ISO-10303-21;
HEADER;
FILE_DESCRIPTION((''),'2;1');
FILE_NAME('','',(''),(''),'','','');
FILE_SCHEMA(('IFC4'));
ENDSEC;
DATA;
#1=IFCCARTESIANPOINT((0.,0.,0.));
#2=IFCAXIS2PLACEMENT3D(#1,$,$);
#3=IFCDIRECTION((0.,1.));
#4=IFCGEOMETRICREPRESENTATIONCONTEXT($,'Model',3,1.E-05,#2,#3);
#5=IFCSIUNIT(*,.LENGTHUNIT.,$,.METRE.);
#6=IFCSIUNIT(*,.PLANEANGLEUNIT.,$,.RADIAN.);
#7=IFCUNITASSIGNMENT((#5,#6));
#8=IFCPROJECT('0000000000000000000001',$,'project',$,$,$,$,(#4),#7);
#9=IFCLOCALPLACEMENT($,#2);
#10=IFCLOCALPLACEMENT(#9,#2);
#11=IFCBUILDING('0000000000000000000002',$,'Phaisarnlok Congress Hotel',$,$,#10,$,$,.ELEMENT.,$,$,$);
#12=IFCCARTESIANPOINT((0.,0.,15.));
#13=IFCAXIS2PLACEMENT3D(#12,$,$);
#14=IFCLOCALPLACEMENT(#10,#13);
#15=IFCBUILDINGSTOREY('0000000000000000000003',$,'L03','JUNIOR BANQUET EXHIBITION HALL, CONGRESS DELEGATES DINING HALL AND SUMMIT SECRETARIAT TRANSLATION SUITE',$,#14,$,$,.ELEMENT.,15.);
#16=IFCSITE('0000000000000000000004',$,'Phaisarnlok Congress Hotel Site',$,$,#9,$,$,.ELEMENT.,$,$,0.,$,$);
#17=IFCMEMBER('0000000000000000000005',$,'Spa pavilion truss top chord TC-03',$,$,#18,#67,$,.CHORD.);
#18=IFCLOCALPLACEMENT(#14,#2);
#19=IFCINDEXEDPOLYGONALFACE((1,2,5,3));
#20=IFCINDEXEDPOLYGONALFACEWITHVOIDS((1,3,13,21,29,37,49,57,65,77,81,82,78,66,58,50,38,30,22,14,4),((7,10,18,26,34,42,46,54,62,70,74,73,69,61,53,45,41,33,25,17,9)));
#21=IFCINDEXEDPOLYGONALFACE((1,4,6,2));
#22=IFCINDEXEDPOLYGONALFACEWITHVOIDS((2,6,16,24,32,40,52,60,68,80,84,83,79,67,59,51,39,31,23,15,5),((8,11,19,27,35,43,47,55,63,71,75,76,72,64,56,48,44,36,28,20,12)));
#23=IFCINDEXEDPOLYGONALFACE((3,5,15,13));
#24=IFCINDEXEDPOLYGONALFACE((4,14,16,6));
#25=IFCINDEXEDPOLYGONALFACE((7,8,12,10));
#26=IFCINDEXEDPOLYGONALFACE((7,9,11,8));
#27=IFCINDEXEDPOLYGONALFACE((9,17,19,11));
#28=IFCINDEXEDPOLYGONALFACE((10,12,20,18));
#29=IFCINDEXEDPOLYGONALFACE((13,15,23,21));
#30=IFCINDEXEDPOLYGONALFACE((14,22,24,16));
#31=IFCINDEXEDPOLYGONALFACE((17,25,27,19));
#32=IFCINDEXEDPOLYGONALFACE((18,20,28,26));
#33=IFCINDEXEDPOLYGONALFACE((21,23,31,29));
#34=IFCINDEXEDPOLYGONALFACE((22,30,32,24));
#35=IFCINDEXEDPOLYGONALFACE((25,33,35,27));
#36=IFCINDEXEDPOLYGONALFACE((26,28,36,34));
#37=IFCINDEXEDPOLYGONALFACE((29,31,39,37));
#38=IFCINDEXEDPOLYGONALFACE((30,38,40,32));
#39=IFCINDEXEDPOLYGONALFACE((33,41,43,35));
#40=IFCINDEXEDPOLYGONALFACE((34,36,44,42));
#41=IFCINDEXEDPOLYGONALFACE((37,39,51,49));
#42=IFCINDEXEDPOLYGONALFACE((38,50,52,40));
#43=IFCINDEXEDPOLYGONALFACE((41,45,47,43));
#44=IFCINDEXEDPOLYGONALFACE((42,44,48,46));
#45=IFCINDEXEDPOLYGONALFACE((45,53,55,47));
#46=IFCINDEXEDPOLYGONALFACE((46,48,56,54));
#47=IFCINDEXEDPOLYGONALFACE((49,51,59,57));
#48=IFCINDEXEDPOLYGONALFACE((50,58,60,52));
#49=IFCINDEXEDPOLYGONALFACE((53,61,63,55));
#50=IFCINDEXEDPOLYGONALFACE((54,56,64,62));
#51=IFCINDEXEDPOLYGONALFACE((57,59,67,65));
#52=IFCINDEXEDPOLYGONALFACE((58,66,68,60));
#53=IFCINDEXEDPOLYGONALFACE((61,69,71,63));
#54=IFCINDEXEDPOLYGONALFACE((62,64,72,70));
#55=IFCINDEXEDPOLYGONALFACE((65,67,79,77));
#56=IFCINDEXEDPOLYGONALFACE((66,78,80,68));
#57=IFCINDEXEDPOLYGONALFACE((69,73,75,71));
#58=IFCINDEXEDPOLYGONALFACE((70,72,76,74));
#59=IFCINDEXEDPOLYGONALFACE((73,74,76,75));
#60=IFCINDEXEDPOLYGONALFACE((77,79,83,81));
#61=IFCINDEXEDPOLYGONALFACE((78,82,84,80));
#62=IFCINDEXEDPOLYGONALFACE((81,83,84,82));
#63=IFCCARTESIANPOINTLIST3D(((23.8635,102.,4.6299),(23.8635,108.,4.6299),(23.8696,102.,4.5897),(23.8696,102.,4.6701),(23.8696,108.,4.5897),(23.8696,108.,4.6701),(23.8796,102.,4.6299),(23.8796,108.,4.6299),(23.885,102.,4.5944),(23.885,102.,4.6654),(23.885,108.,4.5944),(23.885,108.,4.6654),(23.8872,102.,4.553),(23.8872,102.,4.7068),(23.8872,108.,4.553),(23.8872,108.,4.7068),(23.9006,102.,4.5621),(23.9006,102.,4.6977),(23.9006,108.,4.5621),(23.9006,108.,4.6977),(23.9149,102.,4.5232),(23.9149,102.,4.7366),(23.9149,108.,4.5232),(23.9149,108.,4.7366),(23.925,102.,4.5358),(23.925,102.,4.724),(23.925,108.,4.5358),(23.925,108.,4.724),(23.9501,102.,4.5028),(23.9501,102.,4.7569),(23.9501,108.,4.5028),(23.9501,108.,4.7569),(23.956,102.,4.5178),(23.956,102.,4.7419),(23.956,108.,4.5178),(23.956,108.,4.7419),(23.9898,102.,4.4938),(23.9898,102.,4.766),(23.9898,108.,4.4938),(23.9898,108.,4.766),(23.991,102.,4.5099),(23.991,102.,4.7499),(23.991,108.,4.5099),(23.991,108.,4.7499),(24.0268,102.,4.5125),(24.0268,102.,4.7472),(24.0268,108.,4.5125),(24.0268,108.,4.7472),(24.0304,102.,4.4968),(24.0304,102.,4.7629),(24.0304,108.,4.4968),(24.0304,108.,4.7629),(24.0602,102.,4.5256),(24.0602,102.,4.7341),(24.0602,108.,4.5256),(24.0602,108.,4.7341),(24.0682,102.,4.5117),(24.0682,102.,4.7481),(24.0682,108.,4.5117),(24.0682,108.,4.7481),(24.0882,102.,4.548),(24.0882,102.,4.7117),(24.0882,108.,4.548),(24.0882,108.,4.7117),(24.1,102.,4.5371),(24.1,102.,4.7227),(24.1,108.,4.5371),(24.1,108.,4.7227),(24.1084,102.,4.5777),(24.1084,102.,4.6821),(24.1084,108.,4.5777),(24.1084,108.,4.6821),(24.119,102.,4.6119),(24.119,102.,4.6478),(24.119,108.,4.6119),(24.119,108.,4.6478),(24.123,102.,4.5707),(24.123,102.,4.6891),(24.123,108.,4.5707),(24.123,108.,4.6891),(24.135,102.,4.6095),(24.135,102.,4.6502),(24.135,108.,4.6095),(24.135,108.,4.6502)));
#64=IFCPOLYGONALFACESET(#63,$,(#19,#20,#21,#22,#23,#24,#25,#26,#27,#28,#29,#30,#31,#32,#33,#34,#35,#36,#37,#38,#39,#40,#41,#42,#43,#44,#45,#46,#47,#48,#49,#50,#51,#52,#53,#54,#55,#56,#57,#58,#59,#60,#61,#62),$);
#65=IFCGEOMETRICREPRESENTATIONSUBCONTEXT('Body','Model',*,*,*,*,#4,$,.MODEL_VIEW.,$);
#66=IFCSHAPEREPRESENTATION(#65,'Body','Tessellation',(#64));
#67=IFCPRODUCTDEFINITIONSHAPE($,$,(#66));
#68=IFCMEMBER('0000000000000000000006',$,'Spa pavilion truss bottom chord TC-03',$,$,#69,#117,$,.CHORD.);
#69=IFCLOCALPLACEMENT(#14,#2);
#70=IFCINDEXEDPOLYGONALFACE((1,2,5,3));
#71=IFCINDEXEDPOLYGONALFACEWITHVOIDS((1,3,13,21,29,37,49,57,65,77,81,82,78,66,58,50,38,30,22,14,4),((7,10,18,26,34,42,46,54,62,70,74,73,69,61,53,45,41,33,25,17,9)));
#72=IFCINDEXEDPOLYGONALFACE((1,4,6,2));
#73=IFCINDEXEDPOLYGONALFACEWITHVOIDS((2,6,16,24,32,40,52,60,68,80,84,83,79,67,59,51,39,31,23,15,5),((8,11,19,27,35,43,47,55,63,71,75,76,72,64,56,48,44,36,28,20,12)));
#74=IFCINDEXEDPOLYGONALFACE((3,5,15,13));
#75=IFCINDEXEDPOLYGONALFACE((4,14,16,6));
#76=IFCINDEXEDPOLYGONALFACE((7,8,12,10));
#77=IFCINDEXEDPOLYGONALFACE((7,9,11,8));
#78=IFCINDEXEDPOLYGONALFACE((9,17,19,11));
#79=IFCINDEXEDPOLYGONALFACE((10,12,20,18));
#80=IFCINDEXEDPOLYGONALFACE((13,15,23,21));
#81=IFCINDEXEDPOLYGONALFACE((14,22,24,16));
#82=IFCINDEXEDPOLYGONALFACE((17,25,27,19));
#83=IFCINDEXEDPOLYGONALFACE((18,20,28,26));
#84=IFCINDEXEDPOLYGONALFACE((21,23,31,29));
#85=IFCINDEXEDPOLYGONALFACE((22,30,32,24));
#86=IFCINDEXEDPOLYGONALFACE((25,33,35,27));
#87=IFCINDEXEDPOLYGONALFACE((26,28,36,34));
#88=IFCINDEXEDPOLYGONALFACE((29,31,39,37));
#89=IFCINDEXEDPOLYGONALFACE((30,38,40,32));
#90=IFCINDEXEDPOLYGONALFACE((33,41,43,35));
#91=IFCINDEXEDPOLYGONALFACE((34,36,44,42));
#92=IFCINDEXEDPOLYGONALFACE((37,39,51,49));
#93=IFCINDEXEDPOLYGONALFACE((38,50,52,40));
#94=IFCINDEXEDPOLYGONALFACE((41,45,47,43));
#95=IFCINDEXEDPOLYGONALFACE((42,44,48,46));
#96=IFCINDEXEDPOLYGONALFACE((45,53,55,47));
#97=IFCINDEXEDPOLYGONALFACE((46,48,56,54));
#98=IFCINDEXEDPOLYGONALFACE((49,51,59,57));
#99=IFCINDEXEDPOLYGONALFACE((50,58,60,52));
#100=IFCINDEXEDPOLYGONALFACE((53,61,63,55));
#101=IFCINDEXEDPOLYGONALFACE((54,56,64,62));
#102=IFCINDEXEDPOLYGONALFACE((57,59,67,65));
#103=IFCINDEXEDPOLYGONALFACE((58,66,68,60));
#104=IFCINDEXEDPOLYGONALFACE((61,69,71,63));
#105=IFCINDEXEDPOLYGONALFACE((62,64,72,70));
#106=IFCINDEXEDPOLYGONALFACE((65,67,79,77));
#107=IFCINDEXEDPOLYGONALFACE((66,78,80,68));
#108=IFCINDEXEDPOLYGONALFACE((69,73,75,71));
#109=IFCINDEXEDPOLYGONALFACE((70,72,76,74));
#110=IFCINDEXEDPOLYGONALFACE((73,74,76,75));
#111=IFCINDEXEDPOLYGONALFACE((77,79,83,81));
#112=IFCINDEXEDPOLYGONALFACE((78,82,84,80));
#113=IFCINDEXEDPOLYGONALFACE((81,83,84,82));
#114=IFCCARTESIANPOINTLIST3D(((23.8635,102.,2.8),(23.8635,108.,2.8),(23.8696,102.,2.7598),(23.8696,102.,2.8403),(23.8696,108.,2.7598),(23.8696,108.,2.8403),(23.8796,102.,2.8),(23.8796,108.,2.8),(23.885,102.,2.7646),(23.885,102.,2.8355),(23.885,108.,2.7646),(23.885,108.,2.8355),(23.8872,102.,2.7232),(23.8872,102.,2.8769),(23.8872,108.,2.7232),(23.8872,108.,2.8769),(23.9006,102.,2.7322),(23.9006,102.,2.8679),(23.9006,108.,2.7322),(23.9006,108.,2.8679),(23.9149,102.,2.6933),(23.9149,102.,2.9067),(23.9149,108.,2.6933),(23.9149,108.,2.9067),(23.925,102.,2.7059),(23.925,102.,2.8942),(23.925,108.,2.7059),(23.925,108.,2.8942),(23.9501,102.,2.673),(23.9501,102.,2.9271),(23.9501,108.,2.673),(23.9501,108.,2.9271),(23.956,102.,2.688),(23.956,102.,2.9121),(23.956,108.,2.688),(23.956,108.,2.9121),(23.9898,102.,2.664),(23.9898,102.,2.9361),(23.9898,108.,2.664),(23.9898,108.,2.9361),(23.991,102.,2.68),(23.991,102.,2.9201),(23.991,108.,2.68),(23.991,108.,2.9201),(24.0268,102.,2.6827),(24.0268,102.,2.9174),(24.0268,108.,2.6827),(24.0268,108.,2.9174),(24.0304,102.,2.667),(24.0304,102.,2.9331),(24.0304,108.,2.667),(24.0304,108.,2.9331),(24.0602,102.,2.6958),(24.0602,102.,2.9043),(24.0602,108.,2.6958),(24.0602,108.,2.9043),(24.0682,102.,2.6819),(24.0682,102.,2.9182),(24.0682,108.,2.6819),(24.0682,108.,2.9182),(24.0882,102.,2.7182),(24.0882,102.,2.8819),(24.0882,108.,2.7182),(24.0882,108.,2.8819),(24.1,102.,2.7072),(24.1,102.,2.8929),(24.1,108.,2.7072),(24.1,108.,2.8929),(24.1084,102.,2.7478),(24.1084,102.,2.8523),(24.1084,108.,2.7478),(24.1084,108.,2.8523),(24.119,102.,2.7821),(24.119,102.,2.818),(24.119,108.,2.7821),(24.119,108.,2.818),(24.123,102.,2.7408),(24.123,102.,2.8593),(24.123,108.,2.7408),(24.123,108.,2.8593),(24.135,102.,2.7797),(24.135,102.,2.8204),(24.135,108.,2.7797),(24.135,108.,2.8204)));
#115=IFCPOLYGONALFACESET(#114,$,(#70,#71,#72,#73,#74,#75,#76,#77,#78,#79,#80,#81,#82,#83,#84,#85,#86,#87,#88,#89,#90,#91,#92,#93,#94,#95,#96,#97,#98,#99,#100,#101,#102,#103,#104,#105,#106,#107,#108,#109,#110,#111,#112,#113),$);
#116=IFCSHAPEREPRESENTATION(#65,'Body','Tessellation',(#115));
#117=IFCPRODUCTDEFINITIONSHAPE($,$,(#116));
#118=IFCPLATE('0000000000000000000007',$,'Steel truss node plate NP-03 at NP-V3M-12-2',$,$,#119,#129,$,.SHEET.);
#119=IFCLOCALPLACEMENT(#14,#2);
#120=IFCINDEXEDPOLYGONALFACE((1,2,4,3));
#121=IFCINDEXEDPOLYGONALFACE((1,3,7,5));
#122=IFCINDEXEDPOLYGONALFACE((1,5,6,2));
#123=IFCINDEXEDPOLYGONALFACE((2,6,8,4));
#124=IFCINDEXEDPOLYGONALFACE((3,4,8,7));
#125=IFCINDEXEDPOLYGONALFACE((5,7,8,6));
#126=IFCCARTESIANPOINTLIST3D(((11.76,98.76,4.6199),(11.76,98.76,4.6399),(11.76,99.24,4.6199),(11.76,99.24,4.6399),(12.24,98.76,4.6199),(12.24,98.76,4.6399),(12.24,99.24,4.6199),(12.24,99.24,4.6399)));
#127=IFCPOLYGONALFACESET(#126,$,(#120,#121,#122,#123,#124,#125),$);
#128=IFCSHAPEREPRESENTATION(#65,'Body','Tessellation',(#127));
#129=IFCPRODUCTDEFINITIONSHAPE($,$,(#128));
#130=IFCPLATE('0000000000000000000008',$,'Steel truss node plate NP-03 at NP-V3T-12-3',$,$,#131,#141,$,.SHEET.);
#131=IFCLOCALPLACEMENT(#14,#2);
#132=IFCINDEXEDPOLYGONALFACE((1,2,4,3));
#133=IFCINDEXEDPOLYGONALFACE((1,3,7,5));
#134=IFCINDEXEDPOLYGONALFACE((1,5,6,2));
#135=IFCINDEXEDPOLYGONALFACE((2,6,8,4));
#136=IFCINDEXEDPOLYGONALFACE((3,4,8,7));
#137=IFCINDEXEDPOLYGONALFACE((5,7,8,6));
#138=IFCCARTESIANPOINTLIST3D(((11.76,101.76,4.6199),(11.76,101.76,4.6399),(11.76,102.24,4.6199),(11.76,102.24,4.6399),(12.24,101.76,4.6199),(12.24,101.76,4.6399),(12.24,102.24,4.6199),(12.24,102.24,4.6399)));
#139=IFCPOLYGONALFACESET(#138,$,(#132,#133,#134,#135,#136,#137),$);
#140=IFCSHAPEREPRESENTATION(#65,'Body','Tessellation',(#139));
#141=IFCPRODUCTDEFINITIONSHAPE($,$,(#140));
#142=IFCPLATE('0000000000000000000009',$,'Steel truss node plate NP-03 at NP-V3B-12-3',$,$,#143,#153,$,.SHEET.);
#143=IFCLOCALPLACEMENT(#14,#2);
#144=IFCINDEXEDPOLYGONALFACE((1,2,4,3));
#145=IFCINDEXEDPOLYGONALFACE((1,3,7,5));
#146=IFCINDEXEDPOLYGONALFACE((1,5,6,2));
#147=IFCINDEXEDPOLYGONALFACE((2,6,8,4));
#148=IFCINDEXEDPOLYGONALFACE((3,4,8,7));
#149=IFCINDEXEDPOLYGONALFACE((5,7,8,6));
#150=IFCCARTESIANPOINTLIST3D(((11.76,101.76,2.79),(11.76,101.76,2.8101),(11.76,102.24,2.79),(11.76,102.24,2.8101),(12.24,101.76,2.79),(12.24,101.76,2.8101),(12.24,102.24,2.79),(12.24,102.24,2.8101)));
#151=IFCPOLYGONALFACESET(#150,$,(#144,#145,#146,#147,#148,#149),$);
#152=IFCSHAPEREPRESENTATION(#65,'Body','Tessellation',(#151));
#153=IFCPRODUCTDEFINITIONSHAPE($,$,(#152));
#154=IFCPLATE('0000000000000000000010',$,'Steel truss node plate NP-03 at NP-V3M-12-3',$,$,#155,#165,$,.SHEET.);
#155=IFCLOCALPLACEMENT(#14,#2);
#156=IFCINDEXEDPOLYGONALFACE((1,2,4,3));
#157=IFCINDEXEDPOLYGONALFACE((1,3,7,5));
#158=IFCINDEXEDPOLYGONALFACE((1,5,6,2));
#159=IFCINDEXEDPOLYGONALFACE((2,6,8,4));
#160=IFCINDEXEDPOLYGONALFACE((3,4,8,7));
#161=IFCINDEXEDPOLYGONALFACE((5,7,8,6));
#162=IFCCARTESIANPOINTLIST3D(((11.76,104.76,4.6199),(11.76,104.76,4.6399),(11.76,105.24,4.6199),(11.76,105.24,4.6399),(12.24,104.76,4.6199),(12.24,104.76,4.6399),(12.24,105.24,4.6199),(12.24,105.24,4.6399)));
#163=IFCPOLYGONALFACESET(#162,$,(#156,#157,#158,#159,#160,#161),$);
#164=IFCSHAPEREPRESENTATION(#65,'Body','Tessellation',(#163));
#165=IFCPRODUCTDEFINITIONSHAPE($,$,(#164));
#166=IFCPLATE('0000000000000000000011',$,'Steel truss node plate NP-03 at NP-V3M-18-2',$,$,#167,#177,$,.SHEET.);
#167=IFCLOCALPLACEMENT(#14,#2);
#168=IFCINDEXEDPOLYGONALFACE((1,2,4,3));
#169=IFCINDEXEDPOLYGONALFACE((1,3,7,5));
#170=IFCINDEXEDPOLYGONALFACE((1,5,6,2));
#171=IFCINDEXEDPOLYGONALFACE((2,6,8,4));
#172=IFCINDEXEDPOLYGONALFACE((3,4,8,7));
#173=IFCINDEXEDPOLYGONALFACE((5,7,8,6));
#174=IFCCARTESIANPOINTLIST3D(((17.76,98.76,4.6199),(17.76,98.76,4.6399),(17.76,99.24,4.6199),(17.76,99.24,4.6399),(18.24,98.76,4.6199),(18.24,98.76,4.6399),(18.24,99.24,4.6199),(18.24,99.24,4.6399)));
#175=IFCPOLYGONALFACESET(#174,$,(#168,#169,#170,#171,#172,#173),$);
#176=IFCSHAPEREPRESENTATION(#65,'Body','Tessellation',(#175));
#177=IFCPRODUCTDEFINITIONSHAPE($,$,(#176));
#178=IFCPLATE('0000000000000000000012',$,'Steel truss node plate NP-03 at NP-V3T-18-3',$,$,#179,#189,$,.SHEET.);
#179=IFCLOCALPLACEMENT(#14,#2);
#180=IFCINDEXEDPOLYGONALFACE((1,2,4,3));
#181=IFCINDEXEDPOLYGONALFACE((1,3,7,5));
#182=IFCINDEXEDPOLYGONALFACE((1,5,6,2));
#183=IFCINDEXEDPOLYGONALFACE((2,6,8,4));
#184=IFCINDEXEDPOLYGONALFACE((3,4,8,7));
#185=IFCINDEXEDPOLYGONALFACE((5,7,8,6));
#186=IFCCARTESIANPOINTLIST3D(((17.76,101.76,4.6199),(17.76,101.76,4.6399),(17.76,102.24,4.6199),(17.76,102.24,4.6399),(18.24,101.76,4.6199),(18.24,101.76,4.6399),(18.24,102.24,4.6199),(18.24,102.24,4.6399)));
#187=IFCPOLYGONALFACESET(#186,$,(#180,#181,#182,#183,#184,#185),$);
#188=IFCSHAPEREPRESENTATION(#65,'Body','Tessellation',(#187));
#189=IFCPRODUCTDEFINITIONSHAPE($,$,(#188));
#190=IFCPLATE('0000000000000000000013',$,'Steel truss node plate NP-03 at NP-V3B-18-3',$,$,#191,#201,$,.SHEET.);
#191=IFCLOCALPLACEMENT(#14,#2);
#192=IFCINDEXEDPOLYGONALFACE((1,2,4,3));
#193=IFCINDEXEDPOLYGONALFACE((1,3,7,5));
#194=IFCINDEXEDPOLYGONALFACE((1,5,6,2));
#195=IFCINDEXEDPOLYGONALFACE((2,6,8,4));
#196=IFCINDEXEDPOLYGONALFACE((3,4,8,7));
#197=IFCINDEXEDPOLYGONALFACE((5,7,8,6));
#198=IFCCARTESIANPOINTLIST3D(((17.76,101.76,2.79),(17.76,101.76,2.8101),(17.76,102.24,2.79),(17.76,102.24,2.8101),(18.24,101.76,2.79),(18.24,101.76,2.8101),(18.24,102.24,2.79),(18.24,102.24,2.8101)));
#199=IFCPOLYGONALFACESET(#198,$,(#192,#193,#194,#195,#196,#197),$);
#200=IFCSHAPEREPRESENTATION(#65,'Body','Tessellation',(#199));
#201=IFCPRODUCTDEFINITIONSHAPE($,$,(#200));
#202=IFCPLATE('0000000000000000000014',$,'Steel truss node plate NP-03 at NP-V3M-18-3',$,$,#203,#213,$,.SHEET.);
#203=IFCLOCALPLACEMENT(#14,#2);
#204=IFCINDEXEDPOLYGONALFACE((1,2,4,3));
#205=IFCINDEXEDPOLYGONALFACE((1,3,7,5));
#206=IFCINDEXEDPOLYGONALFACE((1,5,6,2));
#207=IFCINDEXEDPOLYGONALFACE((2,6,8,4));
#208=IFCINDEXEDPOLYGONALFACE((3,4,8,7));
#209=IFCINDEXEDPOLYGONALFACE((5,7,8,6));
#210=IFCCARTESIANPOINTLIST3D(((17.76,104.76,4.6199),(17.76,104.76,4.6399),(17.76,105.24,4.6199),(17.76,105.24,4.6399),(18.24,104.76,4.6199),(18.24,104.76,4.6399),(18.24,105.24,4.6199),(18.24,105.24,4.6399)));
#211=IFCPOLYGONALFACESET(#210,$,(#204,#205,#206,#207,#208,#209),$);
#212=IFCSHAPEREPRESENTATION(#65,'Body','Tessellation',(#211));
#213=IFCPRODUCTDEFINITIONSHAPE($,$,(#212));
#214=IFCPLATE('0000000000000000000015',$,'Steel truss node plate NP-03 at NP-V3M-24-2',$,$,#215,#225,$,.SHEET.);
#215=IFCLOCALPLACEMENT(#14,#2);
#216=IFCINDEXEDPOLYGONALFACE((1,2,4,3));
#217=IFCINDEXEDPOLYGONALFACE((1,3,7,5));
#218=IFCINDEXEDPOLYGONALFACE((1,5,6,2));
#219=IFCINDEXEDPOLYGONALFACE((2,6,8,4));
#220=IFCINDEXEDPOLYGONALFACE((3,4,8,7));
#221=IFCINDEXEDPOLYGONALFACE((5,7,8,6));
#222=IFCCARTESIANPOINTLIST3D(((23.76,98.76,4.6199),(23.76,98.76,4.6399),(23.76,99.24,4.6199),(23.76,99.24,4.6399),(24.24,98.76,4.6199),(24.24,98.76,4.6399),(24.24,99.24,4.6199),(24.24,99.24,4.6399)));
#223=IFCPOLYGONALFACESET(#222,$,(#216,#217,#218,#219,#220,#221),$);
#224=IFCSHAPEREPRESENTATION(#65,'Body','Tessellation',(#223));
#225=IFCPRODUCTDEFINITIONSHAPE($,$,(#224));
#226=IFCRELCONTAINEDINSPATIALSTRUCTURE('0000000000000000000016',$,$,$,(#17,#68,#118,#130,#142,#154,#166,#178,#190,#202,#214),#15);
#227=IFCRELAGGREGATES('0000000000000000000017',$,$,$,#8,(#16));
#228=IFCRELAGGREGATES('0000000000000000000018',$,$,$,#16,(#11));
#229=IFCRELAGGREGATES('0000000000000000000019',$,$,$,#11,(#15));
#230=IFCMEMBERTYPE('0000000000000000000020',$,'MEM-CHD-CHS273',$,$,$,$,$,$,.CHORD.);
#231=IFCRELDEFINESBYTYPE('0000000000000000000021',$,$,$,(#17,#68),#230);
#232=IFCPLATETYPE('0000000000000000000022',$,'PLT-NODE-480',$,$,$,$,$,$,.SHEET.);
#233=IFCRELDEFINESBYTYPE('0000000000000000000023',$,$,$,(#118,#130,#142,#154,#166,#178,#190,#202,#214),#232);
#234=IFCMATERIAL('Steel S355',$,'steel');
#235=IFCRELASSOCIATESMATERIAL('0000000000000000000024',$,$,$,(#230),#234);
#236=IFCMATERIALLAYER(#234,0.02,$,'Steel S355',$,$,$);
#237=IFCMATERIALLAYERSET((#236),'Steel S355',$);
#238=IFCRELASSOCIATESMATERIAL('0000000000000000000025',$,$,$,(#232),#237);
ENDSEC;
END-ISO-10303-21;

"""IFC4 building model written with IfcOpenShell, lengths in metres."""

from ifc_helpers import new_model, si_unit, direction, frame, origin, origin_2d, place, context, subcontext, project, spatial, rectangle, hollow_circle, extrude, material, layer, layer_set, material_profile, profile_set, type_object, element, save


model = new_model("IFC4")

# Units and contexts
model_context = context("Model", 3, precision=1e-05, world=origin(), true_north=direction((0.0, 1.0)))
body_context = subcontext(model_context, "Body", "Model", "MODEL_VIEW")
ifc_project = project(units=[si_unit("LENGTHUNIT", "METRE"), si_unit("PLANEANGLEUNIT", "RADIAN")], contexts=[model_context])

# Site, building, storey
site_placement = place(None, origin())
site = spatial("IfcSite", under=ifc_project, at=site_placement, Name="Phaisarnlok Congress Hotel Site", CompositionType="ELEMENT", RefElevation=0.0)
building_placement = place(site_placement, origin())
building = spatial("IfcBuilding", under=site, at=building_placement, Name="Phaisarnlok Congress Hotel", CompositionType="ELEMENT")
storey_placement = place(building_placement, frame((0.0, 0.0, 15.0)))
storey = spatial("IfcBuildingStorey", under=building, at=storey_placement, Name="L03", Description="JUNIOR BANQUET EXHIBITION HALL, CONGRESS DELEGATES DINING HALL AND SUMMIT SECRETARIAT TRANSLATION SUITE", CompositionType="ELEMENT", Elevation=15.0)

# Members
ifc_material = material(Name="Steel S355", Category="steel")
ifc_material_profile_1 = material_profile(ifc_material, hollow_circle(Radius=0.1365, WallThickness=0.0161, at=origin_2d()), Name="CHS 273x16")
ifc_profile_set_1 = profile_set([ifc_material_profile_1], Name="Steel S355")
member_type_1 = type_object("IfcMemberType", Name="MEM-CHD-CHS273", PredefinedType="CHORD", material=ifc_profile_set_1)
for number, where, z_axis, x_axis, name in (
    (1, (24.0, 102.0, 4.6299), (0.0, 1.0, 0.0), (-1.0, 0.0, 0.0), "Spa pavilion truss top chord TC-03"),
    (2, (24.0, 102.0, 2.8), (0.0, 1.0, 0.0), (-1.0, 0.0, 0.0), "Spa pavilion truss bottom chord TC-03"),
):
    element("IfcMember", number, at=place(storey_placement, frame(where, z_axis=z_axis, x_axis=x_axis)), inside=storey, type_object=member_type_1, Name=name, PredefinedType="CHORD", context=body_context, shape_type="SweptSolid", body=[
        extrude(hollow_circle(Radius=0.1365, WallThickness=0.0161, at=origin_2d()), origin(), (0.0, 0.0, 1.0), 6.0),
    ])

# Plates
ifc_layer = layer(ifc_material, 0.02, Name="Steel S355")
ifc_layer_set = layer_set([ifc_layer], Name="Steel S355")
plate_type = type_object("IfcPlateType", Name="PLT-NODE-480", PredefinedType="SHEET", material=ifc_layer_set)
for number, where, z_axis, x_axis, name in (
    (3, (12.0, 99.0, 4.6199), (0.0, 0.0, 1.0), (1.0, 0.0, 0.0), "Steel truss node plate NP-03 at NP-V3M-12-2"),
    (4, (12.0, 102.0, 4.6199), (0.0, 0.0, 1.0), (1.0, 0.0, 0.0), "Steel truss node plate NP-03 at NP-V3T-12-3"),
    (5, (12.0, 102.0, 2.79), (0.0, 0.0, 1.0), (1.0, 0.0, 0.0), "Steel truss node plate NP-03 at NP-V3B-12-3"),
    (6, (12.0, 105.0, 4.6199), (0.0, 0.0, 1.0), (1.0, 0.0, 0.0), "Steel truss node plate NP-03 at NP-V3M-12-3"),
    (7, (18.0, 99.0, 4.6199), (0.0, 0.0, 1.0), (1.0, 0.0, 0.0), "Steel truss node plate NP-03 at NP-V3M-18-2"),
    (8, (18.0, 102.0, 4.6199), (0.0, 0.0, 1.0), (1.0, 0.0, 0.0), "Steel truss node plate NP-03 at NP-V3T-18-3"),
    (9, (18.0, 102.0, 2.79), (0.0, 0.0, 1.0), (1.0, 0.0, 0.0), "Steel truss node plate NP-03 at NP-V3B-18-3"),
    (10, (18.0, 105.0, 4.6199), (0.0, 0.0, 1.0), (1.0, 0.0, 0.0), "Steel truss node plate NP-03 at NP-V3M-18-3"),
    (11, (24.0, 99.0, 4.6199), (0.0, 0.0, 1.0), (1.0, 0.0, 0.0), "Steel truss node plate NP-03 at NP-V3M-24-2"),
):
    element("IfcPlate", number, at=place(storey_placement, frame(where, z_axis=z_axis, x_axis=x_axis)), inside=storey, type_object=plate_type, Name=name, PredefinedType="SHEET", context=body_context, shape_type="SweptSolid", body=[
        extrude(rectangle(XDim=0.48, YDim=0.48, at=origin_2d()), origin(), (0.0, 0.0, 1.0), 0.02),
    ])

save(model, "model.ifc")
